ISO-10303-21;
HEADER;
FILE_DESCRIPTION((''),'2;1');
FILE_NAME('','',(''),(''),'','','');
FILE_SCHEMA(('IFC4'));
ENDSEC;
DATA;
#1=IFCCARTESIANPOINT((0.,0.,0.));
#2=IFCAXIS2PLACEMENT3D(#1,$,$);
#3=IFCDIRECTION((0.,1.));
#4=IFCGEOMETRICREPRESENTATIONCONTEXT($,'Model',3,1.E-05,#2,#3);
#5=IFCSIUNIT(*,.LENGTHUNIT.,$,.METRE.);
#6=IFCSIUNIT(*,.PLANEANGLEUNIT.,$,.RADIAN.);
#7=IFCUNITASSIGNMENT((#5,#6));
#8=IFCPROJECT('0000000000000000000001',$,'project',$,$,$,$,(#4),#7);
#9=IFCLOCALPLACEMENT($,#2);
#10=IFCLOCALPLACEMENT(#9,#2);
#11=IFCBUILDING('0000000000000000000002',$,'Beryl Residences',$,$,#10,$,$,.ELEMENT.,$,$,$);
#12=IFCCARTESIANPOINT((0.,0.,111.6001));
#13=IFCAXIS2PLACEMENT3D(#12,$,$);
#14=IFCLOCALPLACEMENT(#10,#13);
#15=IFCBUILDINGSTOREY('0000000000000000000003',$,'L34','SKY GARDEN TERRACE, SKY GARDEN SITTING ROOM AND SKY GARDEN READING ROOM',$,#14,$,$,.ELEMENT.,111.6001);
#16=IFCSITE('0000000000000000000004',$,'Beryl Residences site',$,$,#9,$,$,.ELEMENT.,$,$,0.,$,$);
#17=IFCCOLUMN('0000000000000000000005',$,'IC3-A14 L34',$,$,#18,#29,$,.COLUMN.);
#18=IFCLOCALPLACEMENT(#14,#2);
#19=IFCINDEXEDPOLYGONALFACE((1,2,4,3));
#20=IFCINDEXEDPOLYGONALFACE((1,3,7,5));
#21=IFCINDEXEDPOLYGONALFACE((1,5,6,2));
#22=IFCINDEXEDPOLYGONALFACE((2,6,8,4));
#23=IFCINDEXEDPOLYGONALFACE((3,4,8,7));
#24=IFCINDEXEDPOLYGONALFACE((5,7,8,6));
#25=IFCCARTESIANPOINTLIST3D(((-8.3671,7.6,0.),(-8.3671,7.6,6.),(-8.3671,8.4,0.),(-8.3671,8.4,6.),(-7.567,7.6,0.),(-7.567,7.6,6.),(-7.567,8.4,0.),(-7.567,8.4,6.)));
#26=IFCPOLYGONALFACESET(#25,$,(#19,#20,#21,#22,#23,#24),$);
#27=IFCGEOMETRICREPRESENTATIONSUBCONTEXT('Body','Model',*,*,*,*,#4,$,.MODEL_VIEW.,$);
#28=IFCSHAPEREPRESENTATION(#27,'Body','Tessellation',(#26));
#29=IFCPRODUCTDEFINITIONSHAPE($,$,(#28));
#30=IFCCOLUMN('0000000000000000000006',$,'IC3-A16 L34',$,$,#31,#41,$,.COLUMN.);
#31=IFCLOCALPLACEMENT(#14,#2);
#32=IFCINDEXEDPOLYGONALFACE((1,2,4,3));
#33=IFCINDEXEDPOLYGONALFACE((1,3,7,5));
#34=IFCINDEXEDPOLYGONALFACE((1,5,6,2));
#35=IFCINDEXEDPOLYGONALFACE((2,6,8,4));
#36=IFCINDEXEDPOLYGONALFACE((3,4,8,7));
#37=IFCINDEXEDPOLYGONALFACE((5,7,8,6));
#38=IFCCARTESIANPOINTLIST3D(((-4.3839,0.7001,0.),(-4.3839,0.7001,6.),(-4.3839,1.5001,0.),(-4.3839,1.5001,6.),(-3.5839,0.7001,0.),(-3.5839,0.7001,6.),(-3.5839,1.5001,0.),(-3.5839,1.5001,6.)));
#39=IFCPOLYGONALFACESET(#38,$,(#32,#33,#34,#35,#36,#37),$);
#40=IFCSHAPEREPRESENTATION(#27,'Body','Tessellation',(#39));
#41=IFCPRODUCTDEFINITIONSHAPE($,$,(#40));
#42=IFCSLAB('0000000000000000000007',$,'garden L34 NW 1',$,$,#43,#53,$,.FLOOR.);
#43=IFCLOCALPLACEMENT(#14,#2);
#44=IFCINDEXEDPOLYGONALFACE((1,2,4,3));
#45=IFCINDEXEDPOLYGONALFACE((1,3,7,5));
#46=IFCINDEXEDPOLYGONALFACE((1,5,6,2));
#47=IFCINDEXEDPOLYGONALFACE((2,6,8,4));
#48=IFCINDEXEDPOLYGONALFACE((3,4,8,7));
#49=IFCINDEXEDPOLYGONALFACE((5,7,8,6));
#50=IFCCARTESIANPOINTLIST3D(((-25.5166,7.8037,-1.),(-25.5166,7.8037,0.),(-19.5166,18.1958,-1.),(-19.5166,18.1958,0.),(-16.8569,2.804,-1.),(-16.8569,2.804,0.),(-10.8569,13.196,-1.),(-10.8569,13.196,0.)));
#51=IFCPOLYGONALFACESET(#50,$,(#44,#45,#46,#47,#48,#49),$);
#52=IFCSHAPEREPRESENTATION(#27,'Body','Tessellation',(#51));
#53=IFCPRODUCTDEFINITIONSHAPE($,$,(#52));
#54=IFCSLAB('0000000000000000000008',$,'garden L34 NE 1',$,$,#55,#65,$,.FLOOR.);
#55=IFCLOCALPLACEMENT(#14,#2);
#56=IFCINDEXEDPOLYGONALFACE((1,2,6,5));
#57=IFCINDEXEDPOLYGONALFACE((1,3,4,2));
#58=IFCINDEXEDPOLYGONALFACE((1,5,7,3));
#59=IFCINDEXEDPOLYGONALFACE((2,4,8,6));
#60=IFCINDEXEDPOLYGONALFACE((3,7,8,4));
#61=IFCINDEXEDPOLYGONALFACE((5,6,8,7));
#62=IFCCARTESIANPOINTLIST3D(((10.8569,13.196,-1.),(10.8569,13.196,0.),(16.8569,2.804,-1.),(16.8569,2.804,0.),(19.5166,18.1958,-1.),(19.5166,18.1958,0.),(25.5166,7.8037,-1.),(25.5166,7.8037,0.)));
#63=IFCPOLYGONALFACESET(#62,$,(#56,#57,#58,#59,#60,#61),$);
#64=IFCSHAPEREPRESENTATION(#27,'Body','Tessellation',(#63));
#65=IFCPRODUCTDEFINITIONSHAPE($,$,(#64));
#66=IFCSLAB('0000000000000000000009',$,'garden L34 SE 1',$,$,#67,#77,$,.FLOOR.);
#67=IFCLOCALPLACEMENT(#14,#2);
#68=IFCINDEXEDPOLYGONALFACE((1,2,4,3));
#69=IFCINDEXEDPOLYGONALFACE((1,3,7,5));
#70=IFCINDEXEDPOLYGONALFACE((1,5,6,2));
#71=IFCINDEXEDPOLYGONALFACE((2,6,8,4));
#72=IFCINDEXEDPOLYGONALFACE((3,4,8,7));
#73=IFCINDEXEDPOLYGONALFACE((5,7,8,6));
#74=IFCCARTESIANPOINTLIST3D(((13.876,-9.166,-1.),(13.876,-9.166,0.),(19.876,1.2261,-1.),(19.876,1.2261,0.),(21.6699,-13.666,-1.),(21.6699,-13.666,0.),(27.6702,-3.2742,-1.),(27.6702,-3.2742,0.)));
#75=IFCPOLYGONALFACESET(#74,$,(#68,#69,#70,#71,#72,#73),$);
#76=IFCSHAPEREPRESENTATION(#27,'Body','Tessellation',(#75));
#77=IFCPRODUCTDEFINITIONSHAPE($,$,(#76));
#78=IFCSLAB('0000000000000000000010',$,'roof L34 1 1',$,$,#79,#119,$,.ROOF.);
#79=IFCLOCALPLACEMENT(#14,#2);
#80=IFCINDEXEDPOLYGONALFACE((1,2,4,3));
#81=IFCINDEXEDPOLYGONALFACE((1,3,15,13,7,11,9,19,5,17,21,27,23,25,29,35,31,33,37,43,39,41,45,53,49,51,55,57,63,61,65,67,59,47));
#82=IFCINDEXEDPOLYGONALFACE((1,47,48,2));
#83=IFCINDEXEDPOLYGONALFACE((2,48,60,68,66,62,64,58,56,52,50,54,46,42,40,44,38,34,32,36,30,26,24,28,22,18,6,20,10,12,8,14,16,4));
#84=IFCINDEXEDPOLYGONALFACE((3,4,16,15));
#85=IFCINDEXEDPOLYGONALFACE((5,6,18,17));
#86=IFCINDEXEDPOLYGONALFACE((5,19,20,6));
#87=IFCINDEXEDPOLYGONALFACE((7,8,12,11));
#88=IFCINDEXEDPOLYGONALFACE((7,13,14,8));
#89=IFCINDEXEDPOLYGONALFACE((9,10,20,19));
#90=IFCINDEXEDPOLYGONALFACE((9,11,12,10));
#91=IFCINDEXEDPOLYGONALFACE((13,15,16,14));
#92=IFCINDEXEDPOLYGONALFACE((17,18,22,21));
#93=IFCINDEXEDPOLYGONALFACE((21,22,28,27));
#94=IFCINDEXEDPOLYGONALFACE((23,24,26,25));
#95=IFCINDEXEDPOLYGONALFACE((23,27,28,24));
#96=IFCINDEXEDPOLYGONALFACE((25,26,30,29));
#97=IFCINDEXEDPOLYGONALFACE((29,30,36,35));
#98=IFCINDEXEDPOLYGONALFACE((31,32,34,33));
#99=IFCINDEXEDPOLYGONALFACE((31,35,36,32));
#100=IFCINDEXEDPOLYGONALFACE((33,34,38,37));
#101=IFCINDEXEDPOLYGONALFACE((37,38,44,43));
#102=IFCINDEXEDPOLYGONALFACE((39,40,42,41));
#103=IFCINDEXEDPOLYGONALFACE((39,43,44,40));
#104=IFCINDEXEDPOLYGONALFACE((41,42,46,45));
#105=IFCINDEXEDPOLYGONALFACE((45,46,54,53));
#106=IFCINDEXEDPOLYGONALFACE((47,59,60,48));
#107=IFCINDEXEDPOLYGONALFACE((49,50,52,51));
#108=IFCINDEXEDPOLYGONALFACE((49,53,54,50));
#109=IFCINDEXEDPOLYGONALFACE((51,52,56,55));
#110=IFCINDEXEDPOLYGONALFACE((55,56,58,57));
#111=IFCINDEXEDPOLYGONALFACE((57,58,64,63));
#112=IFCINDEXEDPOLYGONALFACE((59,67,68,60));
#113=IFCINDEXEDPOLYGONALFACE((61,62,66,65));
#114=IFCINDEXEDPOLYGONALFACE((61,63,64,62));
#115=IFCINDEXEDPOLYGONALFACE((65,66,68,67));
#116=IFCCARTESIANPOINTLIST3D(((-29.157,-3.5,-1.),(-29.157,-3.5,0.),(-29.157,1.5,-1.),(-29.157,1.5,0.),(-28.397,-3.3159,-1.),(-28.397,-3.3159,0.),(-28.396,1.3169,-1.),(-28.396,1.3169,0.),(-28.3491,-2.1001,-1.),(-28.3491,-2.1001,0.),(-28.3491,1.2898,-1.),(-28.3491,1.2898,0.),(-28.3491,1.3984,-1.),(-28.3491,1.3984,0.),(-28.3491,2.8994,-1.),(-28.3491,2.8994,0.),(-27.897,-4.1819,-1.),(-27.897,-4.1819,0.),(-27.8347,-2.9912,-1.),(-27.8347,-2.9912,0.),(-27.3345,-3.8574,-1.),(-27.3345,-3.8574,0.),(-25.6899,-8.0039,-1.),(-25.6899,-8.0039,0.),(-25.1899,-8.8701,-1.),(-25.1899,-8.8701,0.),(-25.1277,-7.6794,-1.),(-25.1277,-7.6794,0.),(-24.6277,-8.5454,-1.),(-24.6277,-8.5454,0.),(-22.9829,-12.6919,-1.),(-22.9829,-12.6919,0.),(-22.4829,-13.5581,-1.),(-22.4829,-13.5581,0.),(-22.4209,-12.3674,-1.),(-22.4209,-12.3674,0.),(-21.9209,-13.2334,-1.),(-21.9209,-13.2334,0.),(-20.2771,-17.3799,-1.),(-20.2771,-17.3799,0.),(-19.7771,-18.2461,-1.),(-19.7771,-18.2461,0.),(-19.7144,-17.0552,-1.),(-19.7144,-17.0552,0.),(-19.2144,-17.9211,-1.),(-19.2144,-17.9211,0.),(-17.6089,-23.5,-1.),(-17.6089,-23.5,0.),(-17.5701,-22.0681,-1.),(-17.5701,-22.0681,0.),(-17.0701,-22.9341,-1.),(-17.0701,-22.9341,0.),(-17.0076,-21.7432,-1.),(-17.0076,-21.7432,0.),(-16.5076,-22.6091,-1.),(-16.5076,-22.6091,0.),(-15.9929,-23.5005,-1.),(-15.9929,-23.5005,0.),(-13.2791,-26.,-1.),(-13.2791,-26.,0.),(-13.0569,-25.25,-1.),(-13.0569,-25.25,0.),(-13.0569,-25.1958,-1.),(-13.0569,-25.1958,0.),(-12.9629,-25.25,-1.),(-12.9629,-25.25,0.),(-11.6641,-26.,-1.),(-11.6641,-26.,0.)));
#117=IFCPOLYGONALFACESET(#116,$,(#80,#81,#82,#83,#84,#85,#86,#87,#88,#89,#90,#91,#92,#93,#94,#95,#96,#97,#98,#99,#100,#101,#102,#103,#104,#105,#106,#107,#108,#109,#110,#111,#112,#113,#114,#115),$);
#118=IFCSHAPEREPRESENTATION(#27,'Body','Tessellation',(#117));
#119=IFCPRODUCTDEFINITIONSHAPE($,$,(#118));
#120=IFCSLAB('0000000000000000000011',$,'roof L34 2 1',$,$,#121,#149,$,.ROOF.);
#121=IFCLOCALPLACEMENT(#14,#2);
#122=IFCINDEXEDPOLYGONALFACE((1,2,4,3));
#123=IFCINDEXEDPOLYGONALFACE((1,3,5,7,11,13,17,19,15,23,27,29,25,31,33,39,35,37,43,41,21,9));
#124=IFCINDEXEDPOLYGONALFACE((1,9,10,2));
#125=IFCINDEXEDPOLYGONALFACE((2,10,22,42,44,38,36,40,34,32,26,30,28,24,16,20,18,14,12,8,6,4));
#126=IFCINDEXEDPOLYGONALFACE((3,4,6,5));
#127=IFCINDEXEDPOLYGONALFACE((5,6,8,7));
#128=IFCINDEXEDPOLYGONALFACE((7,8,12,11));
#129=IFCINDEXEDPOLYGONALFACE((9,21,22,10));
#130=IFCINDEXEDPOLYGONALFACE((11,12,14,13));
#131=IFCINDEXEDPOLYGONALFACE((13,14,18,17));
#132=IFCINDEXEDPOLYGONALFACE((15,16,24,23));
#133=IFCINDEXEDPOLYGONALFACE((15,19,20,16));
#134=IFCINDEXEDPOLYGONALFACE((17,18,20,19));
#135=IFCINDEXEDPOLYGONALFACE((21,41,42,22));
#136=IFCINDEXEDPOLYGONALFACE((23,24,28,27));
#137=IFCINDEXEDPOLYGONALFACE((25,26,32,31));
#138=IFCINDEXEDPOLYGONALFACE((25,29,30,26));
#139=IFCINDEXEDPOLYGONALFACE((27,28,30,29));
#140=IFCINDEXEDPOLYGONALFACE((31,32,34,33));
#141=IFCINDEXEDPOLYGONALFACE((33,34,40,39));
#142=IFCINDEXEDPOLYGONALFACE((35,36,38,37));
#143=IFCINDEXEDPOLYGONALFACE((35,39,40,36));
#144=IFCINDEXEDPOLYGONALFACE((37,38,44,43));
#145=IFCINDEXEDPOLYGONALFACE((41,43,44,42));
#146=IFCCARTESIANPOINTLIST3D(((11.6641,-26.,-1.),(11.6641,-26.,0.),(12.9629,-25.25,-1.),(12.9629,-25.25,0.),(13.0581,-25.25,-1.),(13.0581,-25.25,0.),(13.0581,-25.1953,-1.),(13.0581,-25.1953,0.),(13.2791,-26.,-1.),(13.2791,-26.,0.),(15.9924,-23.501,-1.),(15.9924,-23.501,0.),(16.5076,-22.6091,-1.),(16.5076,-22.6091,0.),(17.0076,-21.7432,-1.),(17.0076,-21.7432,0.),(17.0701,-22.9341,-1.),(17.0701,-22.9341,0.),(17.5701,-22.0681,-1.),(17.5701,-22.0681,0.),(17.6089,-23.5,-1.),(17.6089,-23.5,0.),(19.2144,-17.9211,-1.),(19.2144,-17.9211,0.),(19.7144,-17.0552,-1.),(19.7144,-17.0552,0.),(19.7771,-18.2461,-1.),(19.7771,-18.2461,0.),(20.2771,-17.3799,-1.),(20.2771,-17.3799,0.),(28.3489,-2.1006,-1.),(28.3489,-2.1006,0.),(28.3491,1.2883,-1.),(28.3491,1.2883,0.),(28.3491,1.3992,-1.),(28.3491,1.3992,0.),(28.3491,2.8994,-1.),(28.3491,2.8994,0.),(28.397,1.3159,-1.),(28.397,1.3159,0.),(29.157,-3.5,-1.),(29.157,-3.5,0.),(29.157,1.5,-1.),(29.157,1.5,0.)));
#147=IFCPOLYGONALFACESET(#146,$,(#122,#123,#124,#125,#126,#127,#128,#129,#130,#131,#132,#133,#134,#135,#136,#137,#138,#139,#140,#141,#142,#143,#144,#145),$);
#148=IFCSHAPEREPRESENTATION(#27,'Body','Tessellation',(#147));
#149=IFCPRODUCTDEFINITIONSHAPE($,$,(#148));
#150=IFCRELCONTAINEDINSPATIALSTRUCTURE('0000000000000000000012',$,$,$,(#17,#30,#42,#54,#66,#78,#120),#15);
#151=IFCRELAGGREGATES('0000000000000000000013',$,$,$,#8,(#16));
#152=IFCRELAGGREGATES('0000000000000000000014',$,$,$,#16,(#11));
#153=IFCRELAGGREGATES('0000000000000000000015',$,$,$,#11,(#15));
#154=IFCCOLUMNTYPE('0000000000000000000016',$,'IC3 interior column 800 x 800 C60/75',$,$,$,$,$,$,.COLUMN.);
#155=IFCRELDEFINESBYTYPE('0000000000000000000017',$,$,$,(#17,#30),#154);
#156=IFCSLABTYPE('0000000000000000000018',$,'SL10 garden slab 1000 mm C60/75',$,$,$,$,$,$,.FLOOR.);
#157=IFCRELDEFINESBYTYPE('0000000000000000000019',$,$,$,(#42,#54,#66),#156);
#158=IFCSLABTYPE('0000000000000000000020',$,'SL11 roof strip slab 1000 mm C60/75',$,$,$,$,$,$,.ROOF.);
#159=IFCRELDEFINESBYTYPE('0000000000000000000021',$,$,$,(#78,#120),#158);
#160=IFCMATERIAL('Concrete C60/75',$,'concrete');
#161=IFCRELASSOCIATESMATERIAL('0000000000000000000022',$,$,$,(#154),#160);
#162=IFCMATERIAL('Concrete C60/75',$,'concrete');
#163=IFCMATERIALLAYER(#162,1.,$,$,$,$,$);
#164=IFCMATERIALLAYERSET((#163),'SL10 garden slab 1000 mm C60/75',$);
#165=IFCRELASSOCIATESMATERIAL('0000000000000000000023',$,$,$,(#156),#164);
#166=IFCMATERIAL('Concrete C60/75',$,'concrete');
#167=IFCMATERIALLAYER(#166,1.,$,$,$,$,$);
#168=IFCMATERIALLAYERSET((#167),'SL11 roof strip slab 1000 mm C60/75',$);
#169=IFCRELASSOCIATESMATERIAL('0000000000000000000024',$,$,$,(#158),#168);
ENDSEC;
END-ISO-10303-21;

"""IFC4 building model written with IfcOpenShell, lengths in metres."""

from ifc_helpers import new_model, si_unit, direction, frame, origin, origin_2d, place, context, subcontext, project, spatial, polyline, rectangle, outline, extrude, material, layer, layer_set, material_profile, profile_set, type_object, element, save


model = new_model("IFC4")

# Units and contexts
model_context = context("Model", 3, precision=1e-05, world=origin(), true_north=direction((0.0, 1.0)))
body_context = subcontext(model_context, "Body", "Model", "MODEL_VIEW")
ifc_project = project(units=[si_unit("LENGTHUNIT", "METRE"), si_unit("PLANEANGLEUNIT", "RADIAN")], contexts=[model_context])

# Site, building, storey
site_placement = place(None, origin())
site = spatial("IfcSite", under=ifc_project, at=site_placement, Name="Beryl Residences site", CompositionType="ELEMENT", RefElevation=0.0)
building_placement = place(site_placement, origin())
building = spatial("IfcBuilding", under=site, at=building_placement, Name="Beryl Residences", CompositionType="ELEMENT")
storey_placement = place(building_placement, frame((0.0, 0.0, 111.6001)))
storey = spatial("IfcBuildingStorey", under=building, at=storey_placement, Name="L34", Description="SKY GARDEN TERRACE, SKY GARDEN SITTING ROOM AND SKY GARDEN READING ROOM", CompositionType="ELEMENT", Elevation=111.6001)

# Columns
ifc_material_1 = material(Name="Concrete C60/75", Category="concrete")
ifc_material_profile = material_profile(ifc_material_1, rectangle(XDim=0.8, YDim=0.8, at=origin_2d()))
ifc_profile_set = profile_set([ifc_material_profile], Name="Concrete C60/75")
column_type = type_object("IfcColumnType", Name="IC3 interior column 800 x 800 C60/75", PredefinedType="COLUMN", material=ifc_profile_set)
for number, where, z_axis, x_axis, name in (
    (1, (-7.967, 8.0, 0.0), (0.0, 0.0, 1.0), (1.0, 0.0, 0.0), "IC3-A14 L34"),
    (2, (-3.9839, 1.1001, 0.0), (0.0, 0.0, 1.0), (1.0, 0.0, 0.0), "IC3-A16 L34"),
):
    element("IfcColumn", number, at=place(storey_placement, frame(where, z_axis=z_axis, x_axis=x_axis)), inside=storey, type_object=column_type, Name=name, PredefinedType="COLUMN", context=body_context, shape_type="SweptSolid", body=[
        extrude(rectangle(XDim=0.8, YDim=0.8, at=origin_2d()), origin(), (0.0, 0.0, 1.0), 6.0),
    ])

# Slabs
ifc_material_2 = material(Name="Concrete C60/75", Category="concrete")
ifc_layer_1 = layer(ifc_material_2, 1.0)
ifc_layer_set_1 = layer_set([ifc_layer_1], Name="SL10 garden slab 1000 mm C60/75")
slab_type_1 = type_object("IfcSlabType", Name="SL10 garden slab 1000 mm C60/75", PredefinedType="FLOOR", material=ifc_layer_set_1)
slab_1_placement = place(storey_placement, frame((0.0, 0.0, -1.0)))
element("IfcSlab", 3, at=slab_1_placement, inside=storey, type_object=slab_type_1, Name="garden L34 NW 1", PredefinedType="FLOOR", context=body_context, shape_type="SweptSolid", body=[
    extrude(outline(polyline([(-25.5166, 7.8037), (-19.5166, 18.1958), (-10.8569, 13.196), (-16.8569, 2.804), (-25.5166, 7.8037)])), origin(), (0.0, 0.0, 1.0), 1.0),
])
slab_2_placement = place(storey_placement, frame((0.0, 0.0, -1.0)))
element("IfcSlab", 4, at=slab_2_placement, inside=storey, type_object=slab_type_1, Name="garden L34 NE 1", PredefinedType="FLOOR", context=body_context, shape_type="SweptSolid", body=[
    extrude(outline(polyline([(19.5166, 18.1958), (25.5166, 7.8037), (16.8569, 2.804), (10.8569, 13.196), (19.5166, 18.1958)])), origin(), (0.0, 0.0, 1.0), 1.0),
])
slab_3_placement = place(storey_placement, frame((0.0, 0.0, -1.0)))
element("IfcSlab", 5, at=slab_3_placement, inside=storey, type_object=slab_type_1, Name="garden L34 SE 1", PredefinedType="FLOOR", context=body_context, shape_type="SweptSolid", body=[
    extrude(outline(polyline([(27.6702, -3.2742), (21.6699, -13.666), (13.876, -9.166), (19.876, 1.2261), (27.6702, -3.2742)])), origin(), (0.0, 0.0, 1.0), 1.0),
])
ifc_material_3 = material(Name="Concrete C60/75", Category="concrete")
ifc_layer_2 = layer(ifc_material_3, 1.0)
ifc_layer_set_2 = layer_set([ifc_layer_2], Name="SL11 roof strip slab 1000 mm C60/75")
slab_type_2 = type_object("IfcSlabType", Name="SL11 roof strip slab 1000 mm C60/75", PredefinedType="ROOF", material=ifc_layer_set_2)
slab_4_placement = place(storey_placement, frame((0.0, 0.0, -1.0)))
element("IfcSlab", 6, at=slab_4_placement, inside=storey, type_object=slab_type_2, Name="roof L34 1 1", PredefinedType="ROOF", context=body_context, shape_type="SweptSolid", body=[
    extrude(outline(polyline([(-29.157, -3.5), (-29.157, 1.5), (-28.3491, 2.8994), (-28.3491, 1.3984), (-28.396, 1.3169), (-28.3491, 1.2898), (-28.3491, -2.1001), (-27.8347, -2.9912), (-28.397, -3.3159), (-27.897, -4.1819), (-27.3345, -3.8574), (-25.1277, -7.6794), (-25.6899, -8.0039), (-25.1899, -8.8701), (-24.6277, -8.5454), (-22.4209, -12.3674), (-22.9829, -12.6919), (-22.4829, -13.5581), (-21.9209, -13.2334), (-19.7144, -17.0552), (-20.2771, -17.3799), (-19.7771, -18.2461), (-19.2144, -17.9211), (-17.0076, -21.7432), (-17.5701, -22.0681), (-17.0701, -22.9341), (-16.5076, -22.6091), (-15.9929, -23.5005), (-13.0569, -25.1958), (-13.0569, -25.25), (-12.9629, -25.25), (-11.6641, -26.0), (-13.2791, -26.0), (-17.6089, -23.5), (-29.157, -3.5)])), origin(), (0.0, 0.0, 1.0), 1.0),
])
slab_5_placement = place(storey_placement, frame((0.0, 0.0, -1.0)))
element("IfcSlab", 7, at=slab_5_placement, inside=storey, type_object=slab_type_2, Name="roof L34 2 1", PredefinedType="ROOF", context=body_context, shape_type="SweptSolid", body=[
    extrude(outline(polyline([(17.6089, -23.5), (13.2791, -26.0), (11.6641, -26.0), (12.9629, -25.25), (13.0581, -25.25), (13.0581, -25.1953), (15.9924, -23.501), (16.5076, -22.6091), (17.0701, -22.9341), (17.5701, -22.0681), (17.0076, -21.7432), (19.2144, -17.9211), (19.7771, -18.2461), (20.2771, -17.3799), (19.7144, -17.0552), (28.3489, -2.1006), (28.3491, 1.2883), (28.397, 1.3159), (28.3491, 1.3992), (28.3491, 2.8994), (29.157, 1.5), (29.157, -3.5), (17.6089, -23.5)])), origin(), (0.0, 0.0, 1.0), 1.0),
])

save(model, "model.ifc")
